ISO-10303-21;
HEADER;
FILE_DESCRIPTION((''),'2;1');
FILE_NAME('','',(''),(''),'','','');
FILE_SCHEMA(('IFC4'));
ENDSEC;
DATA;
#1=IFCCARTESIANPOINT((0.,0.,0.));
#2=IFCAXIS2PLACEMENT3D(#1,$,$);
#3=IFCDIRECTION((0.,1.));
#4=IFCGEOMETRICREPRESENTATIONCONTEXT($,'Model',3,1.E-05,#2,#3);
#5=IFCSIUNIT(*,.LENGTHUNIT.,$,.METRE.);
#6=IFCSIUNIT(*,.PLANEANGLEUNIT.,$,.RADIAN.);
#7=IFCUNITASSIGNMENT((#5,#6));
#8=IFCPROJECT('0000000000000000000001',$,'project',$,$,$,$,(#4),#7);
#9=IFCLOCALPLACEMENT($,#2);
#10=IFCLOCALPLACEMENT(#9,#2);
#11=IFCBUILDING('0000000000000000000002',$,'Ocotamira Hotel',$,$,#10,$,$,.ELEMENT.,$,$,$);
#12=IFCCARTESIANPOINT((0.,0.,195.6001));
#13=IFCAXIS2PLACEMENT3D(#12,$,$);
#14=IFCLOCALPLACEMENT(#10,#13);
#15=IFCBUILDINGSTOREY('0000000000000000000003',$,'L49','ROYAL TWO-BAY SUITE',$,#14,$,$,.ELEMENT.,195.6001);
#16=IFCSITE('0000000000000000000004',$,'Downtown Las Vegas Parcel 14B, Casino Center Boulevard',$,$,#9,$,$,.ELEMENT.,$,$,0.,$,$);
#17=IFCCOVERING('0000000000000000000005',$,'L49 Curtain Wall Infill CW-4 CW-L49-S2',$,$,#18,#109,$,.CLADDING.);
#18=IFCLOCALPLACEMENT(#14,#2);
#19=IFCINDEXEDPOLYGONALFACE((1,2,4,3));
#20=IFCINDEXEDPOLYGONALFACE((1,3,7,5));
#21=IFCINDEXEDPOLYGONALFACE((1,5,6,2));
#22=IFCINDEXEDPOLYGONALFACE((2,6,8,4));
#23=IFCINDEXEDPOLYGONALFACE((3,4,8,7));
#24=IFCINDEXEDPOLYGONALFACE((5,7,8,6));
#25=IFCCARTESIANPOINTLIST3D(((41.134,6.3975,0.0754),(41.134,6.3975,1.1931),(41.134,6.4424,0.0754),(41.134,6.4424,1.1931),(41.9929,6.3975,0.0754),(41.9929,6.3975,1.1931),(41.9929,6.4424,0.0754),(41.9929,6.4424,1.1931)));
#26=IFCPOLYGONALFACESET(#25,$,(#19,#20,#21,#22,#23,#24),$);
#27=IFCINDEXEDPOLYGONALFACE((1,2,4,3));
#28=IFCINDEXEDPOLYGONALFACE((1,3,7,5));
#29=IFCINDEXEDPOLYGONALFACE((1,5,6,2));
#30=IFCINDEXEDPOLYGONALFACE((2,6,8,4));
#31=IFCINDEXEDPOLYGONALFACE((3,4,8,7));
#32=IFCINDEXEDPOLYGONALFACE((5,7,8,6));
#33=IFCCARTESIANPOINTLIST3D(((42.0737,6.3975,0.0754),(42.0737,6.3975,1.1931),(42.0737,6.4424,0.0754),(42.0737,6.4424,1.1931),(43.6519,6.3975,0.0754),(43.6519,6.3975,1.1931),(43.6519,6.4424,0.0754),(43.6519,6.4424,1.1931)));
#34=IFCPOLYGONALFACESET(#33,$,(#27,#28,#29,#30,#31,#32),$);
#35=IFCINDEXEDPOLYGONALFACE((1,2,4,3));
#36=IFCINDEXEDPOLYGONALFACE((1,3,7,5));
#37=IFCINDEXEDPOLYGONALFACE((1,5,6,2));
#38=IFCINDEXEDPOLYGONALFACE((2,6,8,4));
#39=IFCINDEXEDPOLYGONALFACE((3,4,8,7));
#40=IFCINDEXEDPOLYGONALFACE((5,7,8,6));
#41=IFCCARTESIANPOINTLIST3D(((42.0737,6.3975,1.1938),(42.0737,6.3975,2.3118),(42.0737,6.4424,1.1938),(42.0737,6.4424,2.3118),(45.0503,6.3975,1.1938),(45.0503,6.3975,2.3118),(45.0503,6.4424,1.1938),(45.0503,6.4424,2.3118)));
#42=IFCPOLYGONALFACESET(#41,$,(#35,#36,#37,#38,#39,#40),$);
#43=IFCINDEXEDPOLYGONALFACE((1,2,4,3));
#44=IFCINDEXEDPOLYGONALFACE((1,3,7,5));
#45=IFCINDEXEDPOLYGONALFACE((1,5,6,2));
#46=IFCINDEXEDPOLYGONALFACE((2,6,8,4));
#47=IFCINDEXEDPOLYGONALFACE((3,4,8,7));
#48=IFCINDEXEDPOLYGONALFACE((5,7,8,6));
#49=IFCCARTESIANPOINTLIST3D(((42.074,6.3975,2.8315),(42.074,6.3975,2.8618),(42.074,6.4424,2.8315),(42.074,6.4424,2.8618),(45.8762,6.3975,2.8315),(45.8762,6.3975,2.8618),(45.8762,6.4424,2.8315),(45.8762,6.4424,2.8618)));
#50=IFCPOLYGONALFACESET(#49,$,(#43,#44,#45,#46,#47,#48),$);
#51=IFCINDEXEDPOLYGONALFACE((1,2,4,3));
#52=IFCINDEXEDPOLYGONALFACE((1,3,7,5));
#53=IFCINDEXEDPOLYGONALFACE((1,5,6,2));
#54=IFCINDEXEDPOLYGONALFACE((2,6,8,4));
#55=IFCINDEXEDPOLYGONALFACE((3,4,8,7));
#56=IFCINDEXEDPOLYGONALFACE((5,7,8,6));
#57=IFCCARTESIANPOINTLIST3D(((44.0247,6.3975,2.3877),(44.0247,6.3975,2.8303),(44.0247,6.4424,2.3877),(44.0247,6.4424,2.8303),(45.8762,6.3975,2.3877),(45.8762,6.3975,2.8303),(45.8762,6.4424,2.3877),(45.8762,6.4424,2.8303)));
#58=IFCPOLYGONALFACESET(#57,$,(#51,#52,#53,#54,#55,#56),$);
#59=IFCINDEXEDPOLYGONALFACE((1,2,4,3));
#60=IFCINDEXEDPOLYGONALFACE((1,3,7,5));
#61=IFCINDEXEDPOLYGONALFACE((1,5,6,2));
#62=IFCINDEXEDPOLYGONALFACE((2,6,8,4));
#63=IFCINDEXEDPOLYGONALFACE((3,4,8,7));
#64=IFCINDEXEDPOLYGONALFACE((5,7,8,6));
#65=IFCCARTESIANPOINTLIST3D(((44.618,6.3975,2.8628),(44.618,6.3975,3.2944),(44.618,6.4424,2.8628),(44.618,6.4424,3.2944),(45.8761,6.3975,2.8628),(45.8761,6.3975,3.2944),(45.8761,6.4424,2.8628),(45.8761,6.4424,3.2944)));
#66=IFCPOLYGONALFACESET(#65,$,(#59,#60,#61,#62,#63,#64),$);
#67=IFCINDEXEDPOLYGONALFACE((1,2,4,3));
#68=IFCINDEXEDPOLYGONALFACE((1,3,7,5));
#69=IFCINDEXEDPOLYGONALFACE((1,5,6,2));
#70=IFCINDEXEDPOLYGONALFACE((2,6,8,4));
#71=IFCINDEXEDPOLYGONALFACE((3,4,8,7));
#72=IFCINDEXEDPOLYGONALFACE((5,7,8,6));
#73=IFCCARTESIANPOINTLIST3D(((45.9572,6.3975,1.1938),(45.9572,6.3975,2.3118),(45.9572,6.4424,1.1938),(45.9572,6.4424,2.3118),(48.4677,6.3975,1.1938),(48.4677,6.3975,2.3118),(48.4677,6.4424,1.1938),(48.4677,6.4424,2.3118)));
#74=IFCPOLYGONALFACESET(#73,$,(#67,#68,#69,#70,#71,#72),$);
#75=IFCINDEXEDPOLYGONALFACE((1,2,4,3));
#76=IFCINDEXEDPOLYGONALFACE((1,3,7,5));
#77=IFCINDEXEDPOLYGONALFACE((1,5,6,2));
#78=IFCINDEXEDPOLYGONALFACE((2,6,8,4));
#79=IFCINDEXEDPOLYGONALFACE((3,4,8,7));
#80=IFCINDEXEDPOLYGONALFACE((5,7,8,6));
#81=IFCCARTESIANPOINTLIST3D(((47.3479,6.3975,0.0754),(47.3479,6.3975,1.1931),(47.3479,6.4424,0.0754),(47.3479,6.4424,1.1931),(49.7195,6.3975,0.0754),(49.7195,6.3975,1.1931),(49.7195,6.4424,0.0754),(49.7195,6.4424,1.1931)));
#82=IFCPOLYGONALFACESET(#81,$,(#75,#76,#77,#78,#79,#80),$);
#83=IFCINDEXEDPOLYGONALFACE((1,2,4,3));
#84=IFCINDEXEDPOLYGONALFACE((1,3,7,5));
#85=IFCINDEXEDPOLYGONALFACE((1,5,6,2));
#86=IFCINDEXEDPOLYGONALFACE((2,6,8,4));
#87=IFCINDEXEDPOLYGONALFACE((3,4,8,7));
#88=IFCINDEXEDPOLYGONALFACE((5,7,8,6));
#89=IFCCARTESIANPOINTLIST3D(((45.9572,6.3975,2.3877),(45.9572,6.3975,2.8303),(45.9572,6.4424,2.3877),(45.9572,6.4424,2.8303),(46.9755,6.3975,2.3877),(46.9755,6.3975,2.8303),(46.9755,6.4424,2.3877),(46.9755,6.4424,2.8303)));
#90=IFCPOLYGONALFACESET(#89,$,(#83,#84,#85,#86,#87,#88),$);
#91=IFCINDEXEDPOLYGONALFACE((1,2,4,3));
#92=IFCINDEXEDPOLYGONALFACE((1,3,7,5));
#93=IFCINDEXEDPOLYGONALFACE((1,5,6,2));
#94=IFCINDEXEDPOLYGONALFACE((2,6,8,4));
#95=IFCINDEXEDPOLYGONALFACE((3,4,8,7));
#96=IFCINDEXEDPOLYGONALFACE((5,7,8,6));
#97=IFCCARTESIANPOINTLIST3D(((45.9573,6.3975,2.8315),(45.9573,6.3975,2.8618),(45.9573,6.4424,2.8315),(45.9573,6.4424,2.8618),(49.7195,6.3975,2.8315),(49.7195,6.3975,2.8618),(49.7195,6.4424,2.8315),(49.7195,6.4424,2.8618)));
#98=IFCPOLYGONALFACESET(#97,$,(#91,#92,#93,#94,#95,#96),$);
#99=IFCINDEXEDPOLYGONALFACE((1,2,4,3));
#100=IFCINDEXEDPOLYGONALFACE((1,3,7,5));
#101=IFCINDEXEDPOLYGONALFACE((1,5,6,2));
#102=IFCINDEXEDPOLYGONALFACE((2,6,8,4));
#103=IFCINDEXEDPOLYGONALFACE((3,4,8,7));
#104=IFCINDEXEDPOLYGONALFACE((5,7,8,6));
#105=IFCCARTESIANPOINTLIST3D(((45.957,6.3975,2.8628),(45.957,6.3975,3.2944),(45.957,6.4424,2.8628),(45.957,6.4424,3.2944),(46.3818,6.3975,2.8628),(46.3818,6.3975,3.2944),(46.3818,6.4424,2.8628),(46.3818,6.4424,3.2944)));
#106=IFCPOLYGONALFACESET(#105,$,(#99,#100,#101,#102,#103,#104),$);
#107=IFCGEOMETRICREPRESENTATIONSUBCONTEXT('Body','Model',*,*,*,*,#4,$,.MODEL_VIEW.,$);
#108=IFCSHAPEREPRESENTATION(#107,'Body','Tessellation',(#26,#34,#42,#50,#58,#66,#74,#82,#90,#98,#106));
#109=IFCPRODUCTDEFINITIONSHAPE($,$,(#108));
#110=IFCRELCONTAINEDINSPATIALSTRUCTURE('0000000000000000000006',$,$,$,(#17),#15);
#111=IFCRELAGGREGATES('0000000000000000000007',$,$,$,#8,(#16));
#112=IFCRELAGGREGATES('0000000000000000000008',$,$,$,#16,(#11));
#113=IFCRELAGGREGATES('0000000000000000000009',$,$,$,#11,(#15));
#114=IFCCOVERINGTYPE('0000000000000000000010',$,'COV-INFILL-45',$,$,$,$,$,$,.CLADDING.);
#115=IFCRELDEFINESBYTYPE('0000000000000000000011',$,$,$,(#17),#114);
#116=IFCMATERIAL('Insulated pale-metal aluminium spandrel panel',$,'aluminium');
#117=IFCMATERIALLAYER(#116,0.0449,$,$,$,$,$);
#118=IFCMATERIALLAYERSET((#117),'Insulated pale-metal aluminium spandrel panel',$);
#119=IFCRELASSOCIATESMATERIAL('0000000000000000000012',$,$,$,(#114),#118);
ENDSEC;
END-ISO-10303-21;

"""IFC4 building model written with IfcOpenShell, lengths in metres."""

from ifc_helpers import new_model, si_unit, direction, frame, origin, origin_2d, place, context, subcontext, project, spatial, rectangle, extrude, material, layer, layer_set, type_object, element, save


model = new_model("IFC4")

# Units and contexts
model_context = context("Model", 3, precision=1e-05, world=origin(), true_north=direction((0.0, 1.0)))
body_context = subcontext(model_context, "Body", "Model", "MODEL_VIEW")
ifc_project = project(units=[si_unit("LENGTHUNIT", "METRE"), si_unit("PLANEANGLEUNIT", "RADIAN")], contexts=[model_context])

# Site, building, storey
site_placement = place(None, origin())
site = spatial("IfcSite", under=ifc_project, at=site_placement, Name="Downtown Las Vegas Parcel 14B, Casino Center Boulevard", CompositionType="ELEMENT", RefElevation=0.0)
building_placement = place(site_placement, origin())
building = spatial("IfcBuilding", under=site, at=building_placement, Name="Ocotamira Hotel", CompositionType="ELEMENT")
storey_placement = place(building_placement, frame((0.0, 0.0, 195.6001)))
storey = spatial("IfcBuildingStorey", under=building, at=storey_placement, Name="L49", Description="ROYAL TWO-BAY SUITE", CompositionType="ELEMENT", Elevation=195.6001)

# Covering
ifc_material_1 = material(Name="Insulated pale-metal aluminium spandrel panel", Category="aluminium")
ifc_layer_1 = layer(ifc_material_1, 0.0449)
ifc_layer_set_1 = layer_set([ifc_layer_1], Name="Insulated pale-metal aluminium spandrel panel")
covering_type_1 = type_object("IfcCoveringType", Name="COV-INFILL-45", PredefinedType="CLADDING", material=ifc_layer_set_1)
covering_1_placement = place(storey_placement, origin())
element("IfcCovering", 1, at=covering_1_placement, inside=storey, type_object=covering_type_1, Name="L49 Curtain Wall Infill CW-4 CW-L49-S2", PredefinedType="CLADDING", context=body_context, shape_type="SweptSolid", body=[
    extrude(rectangle(XDim=0.8589, YDim=0.0449, at=origin_2d()), frame((41.5635, 6.4199, 0.0754), z_axis=(0.0, 0.0, 1.0), x_axis=(1.0, 0.0, 0.0)), (0.0, 0.0, 1.0), 1.1177),
    extrude(rectangle(XDim=1.5781, YDim=0.0449, at=origin_2d()), frame((42.8628, 6.4199, 0.0754), z_axis=(0.0, 0.0, 1.0), x_axis=(1.0, 0.0, 0.0)), (0.0, 0.0, 1.0), 1.1177),
    extrude(rectangle(XDim=2.9766, YDim=0.0449, at=origin_2d()), frame((43.562, 6.4199, 1.1938), z_axis=(0.0, 0.0, 1.0), x_axis=(1.0, 0.0, 0.0)), (0.0, 0.0, 1.0), 1.1179),
    extrude(rectangle(XDim=3.8022, YDim=0.0449, at=origin_2d()), frame((43.9751, 6.4199, 2.8315), z_axis=(0.0, 0.0, 1.0), x_axis=(1.0, 0.0, 0.0)), (0.0, 0.0, 1.0), 0.0303),
    extrude(rectangle(XDim=1.8516, YDim=0.0449, at=origin_2d()), frame((44.9504, 6.4199, 2.3877), z_axis=(0.0, 0.0, 1.0), x_axis=(1.0, 0.0, 0.0)), (0.0, 0.0, 1.0), 0.4426),
    extrude(rectangle(XDim=1.2581, YDim=0.0449, at=origin_2d()), frame((45.2471, 6.4199, 2.8628), z_axis=(0.0, 0.0, 1.0), x_axis=(1.0, 0.0, 0.0)), (0.0, 0.0, 1.0), 0.4316),
    extrude(rectangle(XDim=2.5105, YDim=0.0449, at=origin_2d()), frame((47.2124, 6.4199, 1.1938), z_axis=(0.0, 0.0, 1.0), x_axis=(1.0, 0.0, 0.0)), (0.0, 0.0, 1.0), 1.1179),
    extrude(rectangle(XDim=2.3716, YDim=0.0449, at=origin_2d()), frame((48.5337, 6.4199, 0.0754), z_axis=(0.0, 0.0, 1.0), x_axis=(1.0, 0.0, 0.0)), (0.0, 0.0, 1.0), 1.1177),
    extrude(rectangle(XDim=1.0183, YDim=0.0449, at=origin_2d()), frame((46.4663, 6.4199, 2.3877), z_axis=(0.0, 0.0, 1.0), x_axis=(1.0, 0.0, 0.0)), (0.0, 0.0, 1.0), 0.4426),
    extrude(rectangle(XDim=3.7622, YDim=0.0449, at=origin_2d()), frame((47.8384, 6.4199, 2.8315), z_axis=(0.0, 0.0, 1.0), x_axis=(1.0, 0.0, 0.0)), (0.0, 0.0, 1.0), 0.0303),
    extrude(rectangle(XDim=0.4248, YDim=0.0449, at=origin_2d()), frame((46.1694, 6.4199, 2.8628), z_axis=(0.0, 0.0, 1.0), x_axis=(1.0, 0.0, 0.0)), (0.0, 0.0, 1.0), 0.4316),
])

save(model, "model.ifc")
